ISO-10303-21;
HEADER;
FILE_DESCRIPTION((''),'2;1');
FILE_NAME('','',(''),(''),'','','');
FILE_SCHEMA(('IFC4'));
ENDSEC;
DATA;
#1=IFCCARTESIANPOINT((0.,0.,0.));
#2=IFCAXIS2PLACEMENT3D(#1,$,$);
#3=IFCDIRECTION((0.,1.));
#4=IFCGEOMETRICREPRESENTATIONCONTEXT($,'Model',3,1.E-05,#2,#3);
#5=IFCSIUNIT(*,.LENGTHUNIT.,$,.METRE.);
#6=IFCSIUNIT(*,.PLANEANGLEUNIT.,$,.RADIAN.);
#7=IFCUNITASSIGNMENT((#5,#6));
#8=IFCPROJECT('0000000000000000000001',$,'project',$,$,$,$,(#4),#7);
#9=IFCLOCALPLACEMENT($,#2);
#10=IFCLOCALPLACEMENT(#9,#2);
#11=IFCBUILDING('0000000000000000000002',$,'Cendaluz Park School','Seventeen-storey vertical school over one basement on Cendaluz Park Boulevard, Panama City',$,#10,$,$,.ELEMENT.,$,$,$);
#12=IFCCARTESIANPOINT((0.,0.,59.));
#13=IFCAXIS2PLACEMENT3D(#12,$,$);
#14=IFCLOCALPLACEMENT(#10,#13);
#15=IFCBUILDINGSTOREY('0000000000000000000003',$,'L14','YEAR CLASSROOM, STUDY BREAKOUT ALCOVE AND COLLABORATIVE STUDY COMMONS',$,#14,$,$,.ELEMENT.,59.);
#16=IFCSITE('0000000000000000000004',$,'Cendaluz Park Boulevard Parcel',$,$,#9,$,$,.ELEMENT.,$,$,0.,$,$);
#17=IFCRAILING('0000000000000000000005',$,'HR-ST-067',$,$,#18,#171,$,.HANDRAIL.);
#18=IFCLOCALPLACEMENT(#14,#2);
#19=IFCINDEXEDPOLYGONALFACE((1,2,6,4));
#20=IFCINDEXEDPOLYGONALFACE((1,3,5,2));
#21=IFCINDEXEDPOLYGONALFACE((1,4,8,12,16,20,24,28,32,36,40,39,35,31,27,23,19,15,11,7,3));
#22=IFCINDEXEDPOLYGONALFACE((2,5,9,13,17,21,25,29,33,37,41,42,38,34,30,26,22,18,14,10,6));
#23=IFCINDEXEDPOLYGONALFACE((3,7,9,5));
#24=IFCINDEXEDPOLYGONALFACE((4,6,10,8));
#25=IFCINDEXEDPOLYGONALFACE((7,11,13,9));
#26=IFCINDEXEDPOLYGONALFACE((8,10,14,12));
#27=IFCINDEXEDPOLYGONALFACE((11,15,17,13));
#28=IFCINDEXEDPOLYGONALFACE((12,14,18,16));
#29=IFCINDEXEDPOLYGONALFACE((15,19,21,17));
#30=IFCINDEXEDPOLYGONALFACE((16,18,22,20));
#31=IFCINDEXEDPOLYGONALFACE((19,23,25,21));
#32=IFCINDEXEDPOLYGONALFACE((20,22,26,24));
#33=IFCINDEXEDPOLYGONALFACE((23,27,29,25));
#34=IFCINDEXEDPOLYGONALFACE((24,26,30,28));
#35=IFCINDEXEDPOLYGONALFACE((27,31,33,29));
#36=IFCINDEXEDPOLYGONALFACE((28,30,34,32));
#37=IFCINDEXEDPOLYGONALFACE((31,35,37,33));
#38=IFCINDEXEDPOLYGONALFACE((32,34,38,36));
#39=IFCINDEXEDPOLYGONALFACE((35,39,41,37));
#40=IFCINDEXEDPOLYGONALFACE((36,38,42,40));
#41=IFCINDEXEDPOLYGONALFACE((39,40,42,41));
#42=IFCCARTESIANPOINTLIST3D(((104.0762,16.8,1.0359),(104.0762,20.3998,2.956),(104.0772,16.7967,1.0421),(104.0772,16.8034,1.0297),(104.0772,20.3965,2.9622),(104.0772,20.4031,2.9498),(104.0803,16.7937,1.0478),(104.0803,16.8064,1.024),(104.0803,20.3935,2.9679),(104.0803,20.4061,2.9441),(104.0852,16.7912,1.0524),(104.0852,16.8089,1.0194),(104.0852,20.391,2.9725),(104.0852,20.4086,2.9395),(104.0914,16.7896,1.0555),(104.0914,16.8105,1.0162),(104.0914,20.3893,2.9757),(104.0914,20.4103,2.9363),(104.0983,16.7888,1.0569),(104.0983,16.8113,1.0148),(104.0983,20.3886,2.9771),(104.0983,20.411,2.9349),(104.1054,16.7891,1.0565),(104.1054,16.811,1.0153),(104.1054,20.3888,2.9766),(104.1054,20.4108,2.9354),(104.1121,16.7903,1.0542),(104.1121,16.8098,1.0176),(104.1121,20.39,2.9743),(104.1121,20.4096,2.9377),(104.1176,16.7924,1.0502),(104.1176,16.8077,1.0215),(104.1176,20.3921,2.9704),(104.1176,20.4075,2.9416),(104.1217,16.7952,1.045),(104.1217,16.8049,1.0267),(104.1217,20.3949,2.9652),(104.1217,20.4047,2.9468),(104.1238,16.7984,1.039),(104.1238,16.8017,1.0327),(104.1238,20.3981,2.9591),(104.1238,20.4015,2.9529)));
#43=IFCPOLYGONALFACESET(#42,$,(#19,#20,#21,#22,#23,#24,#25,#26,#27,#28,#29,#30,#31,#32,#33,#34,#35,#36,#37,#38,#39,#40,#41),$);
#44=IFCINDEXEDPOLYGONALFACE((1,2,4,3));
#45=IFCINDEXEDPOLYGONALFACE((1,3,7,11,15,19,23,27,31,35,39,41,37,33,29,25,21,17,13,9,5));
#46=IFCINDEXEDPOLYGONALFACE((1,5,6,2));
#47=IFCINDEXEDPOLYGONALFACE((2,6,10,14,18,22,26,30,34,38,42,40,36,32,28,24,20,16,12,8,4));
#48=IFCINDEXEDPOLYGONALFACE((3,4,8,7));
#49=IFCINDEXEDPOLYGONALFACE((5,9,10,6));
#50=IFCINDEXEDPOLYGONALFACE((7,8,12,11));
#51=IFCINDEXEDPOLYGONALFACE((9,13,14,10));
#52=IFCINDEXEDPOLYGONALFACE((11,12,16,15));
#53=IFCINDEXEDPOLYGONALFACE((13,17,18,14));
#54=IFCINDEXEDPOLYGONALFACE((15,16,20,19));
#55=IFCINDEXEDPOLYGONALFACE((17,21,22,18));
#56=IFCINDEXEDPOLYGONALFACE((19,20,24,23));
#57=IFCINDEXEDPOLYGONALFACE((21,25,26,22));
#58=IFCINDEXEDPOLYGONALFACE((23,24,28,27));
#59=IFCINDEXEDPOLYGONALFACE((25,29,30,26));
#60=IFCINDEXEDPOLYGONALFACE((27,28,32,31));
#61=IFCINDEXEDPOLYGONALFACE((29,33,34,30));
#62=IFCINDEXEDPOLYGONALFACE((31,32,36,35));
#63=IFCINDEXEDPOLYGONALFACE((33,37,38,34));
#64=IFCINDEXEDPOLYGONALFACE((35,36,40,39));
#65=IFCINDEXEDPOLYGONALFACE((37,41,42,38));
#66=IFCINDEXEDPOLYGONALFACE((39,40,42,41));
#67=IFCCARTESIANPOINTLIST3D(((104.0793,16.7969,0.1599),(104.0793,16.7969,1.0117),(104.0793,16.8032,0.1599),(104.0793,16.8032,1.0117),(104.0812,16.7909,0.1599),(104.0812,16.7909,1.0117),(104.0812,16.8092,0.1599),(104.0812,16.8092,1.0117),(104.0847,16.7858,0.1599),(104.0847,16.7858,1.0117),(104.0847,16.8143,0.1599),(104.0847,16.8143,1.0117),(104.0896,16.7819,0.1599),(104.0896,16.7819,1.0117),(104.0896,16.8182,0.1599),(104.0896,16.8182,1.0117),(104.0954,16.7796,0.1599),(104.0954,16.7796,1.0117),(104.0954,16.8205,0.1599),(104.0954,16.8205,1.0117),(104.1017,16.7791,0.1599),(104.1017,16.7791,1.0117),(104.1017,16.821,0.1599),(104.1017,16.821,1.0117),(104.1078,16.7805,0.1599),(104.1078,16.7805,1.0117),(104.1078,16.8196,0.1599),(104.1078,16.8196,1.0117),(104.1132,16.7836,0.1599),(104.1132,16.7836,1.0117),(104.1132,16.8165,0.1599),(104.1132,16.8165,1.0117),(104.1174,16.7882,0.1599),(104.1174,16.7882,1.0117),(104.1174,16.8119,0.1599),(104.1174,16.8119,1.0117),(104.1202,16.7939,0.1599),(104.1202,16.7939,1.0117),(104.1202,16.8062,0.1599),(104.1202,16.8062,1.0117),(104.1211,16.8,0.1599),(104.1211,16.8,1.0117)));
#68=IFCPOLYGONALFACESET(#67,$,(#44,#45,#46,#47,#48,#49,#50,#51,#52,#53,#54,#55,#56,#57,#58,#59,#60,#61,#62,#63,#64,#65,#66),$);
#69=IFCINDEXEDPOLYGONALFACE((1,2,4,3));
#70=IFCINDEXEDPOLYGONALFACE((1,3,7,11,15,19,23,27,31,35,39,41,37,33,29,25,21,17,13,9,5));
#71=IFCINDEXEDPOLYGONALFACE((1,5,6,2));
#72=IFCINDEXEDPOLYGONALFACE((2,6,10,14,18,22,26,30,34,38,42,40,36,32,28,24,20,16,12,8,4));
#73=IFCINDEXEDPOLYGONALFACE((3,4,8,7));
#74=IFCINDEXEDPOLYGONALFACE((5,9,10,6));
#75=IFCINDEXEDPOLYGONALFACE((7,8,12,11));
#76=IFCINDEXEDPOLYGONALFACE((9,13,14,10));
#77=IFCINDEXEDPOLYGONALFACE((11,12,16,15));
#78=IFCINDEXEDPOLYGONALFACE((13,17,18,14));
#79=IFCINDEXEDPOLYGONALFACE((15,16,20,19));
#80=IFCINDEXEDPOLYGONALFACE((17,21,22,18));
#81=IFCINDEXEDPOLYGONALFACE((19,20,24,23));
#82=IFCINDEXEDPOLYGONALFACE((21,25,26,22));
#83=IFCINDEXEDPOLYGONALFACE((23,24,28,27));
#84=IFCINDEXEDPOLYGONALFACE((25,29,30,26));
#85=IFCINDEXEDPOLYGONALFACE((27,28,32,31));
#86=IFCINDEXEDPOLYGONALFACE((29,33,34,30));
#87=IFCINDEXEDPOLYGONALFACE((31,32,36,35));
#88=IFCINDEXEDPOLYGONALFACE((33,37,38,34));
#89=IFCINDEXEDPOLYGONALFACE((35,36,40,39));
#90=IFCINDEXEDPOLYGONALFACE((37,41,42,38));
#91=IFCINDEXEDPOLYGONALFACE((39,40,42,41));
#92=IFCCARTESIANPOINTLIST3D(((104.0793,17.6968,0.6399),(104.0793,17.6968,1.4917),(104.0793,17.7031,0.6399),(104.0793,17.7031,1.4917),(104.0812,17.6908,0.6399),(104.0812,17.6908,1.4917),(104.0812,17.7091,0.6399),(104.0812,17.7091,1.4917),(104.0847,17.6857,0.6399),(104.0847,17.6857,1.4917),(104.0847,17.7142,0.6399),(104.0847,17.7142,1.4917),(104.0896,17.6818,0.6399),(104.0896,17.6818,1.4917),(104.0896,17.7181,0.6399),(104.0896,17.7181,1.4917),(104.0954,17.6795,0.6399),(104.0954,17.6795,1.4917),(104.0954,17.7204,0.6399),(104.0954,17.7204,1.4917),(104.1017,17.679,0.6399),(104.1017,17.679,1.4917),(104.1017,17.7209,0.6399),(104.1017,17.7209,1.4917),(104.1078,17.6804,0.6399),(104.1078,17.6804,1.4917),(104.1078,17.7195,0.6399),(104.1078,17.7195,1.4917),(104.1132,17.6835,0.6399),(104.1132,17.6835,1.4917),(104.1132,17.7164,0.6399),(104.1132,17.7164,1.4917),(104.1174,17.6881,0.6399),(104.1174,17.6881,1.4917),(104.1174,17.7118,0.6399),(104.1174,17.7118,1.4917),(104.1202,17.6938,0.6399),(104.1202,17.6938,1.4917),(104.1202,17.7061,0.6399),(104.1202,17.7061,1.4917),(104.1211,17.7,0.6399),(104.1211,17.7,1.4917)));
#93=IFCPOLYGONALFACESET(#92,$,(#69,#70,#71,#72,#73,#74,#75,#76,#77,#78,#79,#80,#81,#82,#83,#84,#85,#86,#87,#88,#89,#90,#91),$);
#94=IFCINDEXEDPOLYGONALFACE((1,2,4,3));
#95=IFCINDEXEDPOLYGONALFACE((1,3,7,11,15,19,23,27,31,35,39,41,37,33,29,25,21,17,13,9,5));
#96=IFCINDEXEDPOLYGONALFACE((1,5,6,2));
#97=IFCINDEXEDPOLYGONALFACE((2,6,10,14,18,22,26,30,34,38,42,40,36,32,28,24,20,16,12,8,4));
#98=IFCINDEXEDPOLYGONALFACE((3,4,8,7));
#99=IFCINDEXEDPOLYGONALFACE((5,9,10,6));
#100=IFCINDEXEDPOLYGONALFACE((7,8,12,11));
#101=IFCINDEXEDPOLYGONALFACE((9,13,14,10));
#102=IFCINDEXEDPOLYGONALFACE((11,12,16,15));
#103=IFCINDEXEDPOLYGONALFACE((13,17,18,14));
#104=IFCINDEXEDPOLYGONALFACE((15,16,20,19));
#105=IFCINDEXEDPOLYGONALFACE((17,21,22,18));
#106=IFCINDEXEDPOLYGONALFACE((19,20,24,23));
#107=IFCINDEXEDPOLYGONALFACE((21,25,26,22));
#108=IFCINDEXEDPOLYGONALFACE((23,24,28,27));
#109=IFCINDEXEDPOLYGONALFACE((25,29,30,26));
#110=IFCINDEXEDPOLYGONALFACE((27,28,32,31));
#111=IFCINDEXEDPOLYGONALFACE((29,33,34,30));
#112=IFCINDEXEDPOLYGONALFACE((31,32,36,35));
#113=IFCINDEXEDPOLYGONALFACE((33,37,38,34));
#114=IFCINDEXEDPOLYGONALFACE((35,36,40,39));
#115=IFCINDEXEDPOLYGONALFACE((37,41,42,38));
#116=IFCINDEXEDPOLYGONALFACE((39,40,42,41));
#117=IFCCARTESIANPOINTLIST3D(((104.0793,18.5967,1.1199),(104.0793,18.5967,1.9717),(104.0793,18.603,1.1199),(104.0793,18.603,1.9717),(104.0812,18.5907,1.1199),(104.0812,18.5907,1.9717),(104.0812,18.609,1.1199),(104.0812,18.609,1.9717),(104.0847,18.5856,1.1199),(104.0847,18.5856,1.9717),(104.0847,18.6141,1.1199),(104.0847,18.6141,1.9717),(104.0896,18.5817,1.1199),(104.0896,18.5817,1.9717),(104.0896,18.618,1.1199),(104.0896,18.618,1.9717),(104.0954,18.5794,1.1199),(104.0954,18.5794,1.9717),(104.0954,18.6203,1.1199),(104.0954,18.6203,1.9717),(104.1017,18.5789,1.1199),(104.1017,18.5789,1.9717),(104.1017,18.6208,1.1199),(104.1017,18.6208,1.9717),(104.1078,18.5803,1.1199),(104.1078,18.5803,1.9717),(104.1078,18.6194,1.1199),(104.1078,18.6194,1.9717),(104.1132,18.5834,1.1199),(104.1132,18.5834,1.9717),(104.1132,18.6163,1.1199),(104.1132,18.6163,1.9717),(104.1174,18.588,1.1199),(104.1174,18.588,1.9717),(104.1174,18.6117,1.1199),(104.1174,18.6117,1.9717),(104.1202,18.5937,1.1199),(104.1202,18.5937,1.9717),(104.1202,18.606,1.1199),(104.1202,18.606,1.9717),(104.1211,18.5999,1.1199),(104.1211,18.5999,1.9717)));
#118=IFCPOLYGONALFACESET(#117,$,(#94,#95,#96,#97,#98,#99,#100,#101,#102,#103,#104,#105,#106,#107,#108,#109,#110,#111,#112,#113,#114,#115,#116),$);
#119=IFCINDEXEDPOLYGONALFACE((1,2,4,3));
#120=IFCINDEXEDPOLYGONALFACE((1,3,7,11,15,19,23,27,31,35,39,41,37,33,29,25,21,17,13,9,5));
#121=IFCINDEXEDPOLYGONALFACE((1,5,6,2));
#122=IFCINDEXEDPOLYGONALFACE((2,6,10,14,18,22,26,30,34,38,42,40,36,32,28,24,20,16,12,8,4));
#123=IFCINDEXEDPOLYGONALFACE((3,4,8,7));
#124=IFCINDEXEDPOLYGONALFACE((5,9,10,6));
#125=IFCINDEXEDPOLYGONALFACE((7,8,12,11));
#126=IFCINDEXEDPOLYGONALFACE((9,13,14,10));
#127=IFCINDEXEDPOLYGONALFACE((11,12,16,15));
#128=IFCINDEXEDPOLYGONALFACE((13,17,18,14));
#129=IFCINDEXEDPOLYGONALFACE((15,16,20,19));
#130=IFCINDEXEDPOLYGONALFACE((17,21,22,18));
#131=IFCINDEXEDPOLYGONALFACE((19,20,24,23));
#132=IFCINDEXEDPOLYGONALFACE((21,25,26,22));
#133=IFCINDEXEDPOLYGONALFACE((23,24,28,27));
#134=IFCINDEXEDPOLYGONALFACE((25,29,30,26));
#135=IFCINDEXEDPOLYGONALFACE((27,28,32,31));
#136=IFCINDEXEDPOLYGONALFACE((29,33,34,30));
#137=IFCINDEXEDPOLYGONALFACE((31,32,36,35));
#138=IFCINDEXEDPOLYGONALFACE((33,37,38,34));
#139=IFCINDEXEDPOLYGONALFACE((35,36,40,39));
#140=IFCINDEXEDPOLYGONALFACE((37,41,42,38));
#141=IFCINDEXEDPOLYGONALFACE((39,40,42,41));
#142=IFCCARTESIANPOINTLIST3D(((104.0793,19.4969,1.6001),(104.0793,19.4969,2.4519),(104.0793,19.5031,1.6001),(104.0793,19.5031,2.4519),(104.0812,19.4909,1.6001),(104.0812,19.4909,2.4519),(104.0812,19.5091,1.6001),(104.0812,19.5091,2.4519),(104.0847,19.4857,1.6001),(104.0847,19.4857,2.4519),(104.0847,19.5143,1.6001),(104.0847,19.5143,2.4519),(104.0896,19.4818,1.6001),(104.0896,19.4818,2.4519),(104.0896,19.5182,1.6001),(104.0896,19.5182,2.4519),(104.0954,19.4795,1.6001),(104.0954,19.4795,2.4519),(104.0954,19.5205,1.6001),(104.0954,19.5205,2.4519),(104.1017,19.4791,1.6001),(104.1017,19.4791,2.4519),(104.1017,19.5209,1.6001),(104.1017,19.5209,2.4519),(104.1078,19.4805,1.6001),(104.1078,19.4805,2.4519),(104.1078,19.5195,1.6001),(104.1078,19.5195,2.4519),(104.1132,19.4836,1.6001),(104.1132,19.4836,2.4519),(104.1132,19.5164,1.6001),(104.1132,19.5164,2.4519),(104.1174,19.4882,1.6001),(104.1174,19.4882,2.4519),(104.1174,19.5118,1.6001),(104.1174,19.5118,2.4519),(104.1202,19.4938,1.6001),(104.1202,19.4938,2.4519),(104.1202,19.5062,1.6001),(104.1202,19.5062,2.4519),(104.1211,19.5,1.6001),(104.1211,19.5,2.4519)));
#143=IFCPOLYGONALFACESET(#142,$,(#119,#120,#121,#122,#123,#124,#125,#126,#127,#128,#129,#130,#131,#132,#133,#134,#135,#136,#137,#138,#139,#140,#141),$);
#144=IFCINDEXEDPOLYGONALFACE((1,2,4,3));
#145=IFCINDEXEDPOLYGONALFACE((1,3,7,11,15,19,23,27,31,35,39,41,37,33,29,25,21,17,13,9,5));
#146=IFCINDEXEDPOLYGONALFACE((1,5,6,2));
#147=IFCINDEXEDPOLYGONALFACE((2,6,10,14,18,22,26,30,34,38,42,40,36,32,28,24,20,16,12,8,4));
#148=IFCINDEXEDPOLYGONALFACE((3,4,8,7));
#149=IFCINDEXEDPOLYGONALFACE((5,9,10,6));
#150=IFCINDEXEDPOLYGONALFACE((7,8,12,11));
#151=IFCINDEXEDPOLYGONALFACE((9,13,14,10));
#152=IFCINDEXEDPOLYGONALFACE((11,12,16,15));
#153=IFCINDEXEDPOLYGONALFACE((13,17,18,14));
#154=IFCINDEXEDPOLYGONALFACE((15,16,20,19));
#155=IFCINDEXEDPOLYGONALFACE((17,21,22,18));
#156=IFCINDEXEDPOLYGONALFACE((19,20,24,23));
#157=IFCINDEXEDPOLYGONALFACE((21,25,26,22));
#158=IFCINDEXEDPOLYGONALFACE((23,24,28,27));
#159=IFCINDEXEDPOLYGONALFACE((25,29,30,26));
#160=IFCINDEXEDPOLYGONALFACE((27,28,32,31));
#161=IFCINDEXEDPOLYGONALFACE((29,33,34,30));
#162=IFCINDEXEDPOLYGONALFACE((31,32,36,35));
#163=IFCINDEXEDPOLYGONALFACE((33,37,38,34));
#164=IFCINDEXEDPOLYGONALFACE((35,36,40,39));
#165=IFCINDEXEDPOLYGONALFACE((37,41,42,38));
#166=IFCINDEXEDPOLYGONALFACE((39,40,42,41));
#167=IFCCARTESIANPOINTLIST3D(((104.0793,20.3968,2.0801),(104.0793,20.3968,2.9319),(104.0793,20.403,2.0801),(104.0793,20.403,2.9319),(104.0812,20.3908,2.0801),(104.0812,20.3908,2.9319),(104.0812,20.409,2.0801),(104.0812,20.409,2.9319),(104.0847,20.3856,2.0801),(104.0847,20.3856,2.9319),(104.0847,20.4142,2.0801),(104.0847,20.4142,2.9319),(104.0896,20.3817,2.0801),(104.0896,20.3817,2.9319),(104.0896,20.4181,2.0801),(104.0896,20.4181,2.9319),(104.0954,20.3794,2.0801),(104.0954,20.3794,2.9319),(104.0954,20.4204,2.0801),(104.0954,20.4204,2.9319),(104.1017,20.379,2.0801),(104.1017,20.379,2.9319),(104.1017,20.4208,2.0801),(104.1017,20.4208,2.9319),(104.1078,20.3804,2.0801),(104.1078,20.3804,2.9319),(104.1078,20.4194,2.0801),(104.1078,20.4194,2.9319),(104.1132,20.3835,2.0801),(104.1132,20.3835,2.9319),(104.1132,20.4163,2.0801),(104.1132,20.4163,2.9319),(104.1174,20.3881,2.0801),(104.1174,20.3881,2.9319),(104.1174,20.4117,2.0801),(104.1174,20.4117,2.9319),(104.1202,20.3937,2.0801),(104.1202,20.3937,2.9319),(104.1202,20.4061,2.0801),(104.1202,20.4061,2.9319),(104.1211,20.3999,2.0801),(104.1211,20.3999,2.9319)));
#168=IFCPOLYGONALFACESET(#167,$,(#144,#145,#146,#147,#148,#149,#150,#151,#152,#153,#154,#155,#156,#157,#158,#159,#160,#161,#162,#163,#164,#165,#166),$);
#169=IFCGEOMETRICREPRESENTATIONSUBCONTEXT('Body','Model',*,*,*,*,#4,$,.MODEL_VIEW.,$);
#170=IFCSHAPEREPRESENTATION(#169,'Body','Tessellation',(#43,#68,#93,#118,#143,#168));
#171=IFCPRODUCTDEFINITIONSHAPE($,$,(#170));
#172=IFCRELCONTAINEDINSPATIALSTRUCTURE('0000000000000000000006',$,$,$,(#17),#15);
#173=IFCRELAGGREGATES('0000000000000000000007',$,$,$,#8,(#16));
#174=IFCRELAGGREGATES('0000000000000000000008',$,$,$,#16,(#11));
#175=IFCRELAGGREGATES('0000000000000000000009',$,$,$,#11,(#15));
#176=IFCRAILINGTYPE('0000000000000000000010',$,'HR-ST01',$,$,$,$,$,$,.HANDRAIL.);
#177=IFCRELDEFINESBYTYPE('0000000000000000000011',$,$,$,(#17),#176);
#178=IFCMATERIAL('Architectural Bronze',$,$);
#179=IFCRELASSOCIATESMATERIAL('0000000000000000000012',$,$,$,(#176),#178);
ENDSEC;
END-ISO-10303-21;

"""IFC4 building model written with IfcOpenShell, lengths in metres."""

from ifc_helpers import new_model, si_unit, direction, frame, origin, origin_2d, place, context, subcontext, project, spatial, circle, extrude, material, type_object, element, save


model = new_model("IFC4")

# Units and contexts
model_context = context("Model", 3, precision=1e-05, world=origin(), true_north=direction((0.0, 1.0)))
body_context = subcontext(model_context, "Body", "Model", "MODEL_VIEW")
ifc_project = project(units=[si_unit("LENGTHUNIT", "METRE"), si_unit("PLANEANGLEUNIT", "RADIAN")], contexts=[model_context])

# Site, building, storey
site_placement = place(None, origin())
site = spatial("IfcSite", under=ifc_project, at=site_placement, Name="Cendaluz Park Boulevard Parcel", CompositionType="ELEMENT", RefElevation=0.0)
building_placement = place(site_placement, origin())
building = spatial("IfcBuilding", under=site, at=building_placement, Name="Cendaluz Park School", Description="Seventeen-storey vertical school over one basement on Cendaluz Park Boulevard, Panama City", CompositionType="ELEMENT")
storey_placement = place(building_placement, frame((0.0, 0.0, 59.0)))
storey = spatial("IfcBuildingStorey", under=building, at=storey_placement, Name="L14", Description="YEAR CLASSROOM, STUDY BREAKOUT ALCOVE AND COLLABORATIVE STUDY COMMONS", CompositionType="ELEMENT", Elevation=59.0)

# Railing
ifc_material_1 = material(Name="Architectural Bronze")
railing_type_1 = type_object("IfcRailingType", Name="HR-ST01", PredefinedType="HANDRAIL", material=ifc_material_1)
railing_1_placement = place(storey_placement, frame((104.1001, 16.8, 0.1599)))
element("IfcRailing", 1, at=railing_1_placement, inside=storey, type_object=railing_type_1, Name="HR-ST-067", PredefinedType="HANDRAIL", context=body_context, shape_type="SweptSolid", body=[
    extrude(circle(Radius=0.0239, at=origin_2d()), frame((0.0, 0.0, 0.876), z_axis=(0.0, 0.882328, 0.470635), x_axis=(-1.0, 0.0, 0.0)), (0.0, 0.0, 1.0), 4.0798),
    extrude(circle(Radius=0.021, at=origin_2d()), origin(), (0.0, 0.0, 1.0), 0.8518),
    extrude(circle(Radius=0.021, at=origin_2d()), frame((0.0, 0.8999, 0.48)), (0.0, 0.0, 1.0), 0.8518),
    extrude(circle(Radius=0.021, at=origin_2d()), frame((0.0, 1.7998, 0.96)), (0.0, 0.0, 1.0), 0.8518),
    extrude(circle(Radius=0.021, at=origin_2d()), frame((0.0, 2.7, 1.4402)), (0.0, 0.0, 1.0), 0.8518),
    extrude(circle(Radius=0.021, at=origin_2d()), frame((0.0, 3.5999, 1.9202)), (0.0, 0.0, 1.0), 0.8518),
])

save(model, "model.ifc")
